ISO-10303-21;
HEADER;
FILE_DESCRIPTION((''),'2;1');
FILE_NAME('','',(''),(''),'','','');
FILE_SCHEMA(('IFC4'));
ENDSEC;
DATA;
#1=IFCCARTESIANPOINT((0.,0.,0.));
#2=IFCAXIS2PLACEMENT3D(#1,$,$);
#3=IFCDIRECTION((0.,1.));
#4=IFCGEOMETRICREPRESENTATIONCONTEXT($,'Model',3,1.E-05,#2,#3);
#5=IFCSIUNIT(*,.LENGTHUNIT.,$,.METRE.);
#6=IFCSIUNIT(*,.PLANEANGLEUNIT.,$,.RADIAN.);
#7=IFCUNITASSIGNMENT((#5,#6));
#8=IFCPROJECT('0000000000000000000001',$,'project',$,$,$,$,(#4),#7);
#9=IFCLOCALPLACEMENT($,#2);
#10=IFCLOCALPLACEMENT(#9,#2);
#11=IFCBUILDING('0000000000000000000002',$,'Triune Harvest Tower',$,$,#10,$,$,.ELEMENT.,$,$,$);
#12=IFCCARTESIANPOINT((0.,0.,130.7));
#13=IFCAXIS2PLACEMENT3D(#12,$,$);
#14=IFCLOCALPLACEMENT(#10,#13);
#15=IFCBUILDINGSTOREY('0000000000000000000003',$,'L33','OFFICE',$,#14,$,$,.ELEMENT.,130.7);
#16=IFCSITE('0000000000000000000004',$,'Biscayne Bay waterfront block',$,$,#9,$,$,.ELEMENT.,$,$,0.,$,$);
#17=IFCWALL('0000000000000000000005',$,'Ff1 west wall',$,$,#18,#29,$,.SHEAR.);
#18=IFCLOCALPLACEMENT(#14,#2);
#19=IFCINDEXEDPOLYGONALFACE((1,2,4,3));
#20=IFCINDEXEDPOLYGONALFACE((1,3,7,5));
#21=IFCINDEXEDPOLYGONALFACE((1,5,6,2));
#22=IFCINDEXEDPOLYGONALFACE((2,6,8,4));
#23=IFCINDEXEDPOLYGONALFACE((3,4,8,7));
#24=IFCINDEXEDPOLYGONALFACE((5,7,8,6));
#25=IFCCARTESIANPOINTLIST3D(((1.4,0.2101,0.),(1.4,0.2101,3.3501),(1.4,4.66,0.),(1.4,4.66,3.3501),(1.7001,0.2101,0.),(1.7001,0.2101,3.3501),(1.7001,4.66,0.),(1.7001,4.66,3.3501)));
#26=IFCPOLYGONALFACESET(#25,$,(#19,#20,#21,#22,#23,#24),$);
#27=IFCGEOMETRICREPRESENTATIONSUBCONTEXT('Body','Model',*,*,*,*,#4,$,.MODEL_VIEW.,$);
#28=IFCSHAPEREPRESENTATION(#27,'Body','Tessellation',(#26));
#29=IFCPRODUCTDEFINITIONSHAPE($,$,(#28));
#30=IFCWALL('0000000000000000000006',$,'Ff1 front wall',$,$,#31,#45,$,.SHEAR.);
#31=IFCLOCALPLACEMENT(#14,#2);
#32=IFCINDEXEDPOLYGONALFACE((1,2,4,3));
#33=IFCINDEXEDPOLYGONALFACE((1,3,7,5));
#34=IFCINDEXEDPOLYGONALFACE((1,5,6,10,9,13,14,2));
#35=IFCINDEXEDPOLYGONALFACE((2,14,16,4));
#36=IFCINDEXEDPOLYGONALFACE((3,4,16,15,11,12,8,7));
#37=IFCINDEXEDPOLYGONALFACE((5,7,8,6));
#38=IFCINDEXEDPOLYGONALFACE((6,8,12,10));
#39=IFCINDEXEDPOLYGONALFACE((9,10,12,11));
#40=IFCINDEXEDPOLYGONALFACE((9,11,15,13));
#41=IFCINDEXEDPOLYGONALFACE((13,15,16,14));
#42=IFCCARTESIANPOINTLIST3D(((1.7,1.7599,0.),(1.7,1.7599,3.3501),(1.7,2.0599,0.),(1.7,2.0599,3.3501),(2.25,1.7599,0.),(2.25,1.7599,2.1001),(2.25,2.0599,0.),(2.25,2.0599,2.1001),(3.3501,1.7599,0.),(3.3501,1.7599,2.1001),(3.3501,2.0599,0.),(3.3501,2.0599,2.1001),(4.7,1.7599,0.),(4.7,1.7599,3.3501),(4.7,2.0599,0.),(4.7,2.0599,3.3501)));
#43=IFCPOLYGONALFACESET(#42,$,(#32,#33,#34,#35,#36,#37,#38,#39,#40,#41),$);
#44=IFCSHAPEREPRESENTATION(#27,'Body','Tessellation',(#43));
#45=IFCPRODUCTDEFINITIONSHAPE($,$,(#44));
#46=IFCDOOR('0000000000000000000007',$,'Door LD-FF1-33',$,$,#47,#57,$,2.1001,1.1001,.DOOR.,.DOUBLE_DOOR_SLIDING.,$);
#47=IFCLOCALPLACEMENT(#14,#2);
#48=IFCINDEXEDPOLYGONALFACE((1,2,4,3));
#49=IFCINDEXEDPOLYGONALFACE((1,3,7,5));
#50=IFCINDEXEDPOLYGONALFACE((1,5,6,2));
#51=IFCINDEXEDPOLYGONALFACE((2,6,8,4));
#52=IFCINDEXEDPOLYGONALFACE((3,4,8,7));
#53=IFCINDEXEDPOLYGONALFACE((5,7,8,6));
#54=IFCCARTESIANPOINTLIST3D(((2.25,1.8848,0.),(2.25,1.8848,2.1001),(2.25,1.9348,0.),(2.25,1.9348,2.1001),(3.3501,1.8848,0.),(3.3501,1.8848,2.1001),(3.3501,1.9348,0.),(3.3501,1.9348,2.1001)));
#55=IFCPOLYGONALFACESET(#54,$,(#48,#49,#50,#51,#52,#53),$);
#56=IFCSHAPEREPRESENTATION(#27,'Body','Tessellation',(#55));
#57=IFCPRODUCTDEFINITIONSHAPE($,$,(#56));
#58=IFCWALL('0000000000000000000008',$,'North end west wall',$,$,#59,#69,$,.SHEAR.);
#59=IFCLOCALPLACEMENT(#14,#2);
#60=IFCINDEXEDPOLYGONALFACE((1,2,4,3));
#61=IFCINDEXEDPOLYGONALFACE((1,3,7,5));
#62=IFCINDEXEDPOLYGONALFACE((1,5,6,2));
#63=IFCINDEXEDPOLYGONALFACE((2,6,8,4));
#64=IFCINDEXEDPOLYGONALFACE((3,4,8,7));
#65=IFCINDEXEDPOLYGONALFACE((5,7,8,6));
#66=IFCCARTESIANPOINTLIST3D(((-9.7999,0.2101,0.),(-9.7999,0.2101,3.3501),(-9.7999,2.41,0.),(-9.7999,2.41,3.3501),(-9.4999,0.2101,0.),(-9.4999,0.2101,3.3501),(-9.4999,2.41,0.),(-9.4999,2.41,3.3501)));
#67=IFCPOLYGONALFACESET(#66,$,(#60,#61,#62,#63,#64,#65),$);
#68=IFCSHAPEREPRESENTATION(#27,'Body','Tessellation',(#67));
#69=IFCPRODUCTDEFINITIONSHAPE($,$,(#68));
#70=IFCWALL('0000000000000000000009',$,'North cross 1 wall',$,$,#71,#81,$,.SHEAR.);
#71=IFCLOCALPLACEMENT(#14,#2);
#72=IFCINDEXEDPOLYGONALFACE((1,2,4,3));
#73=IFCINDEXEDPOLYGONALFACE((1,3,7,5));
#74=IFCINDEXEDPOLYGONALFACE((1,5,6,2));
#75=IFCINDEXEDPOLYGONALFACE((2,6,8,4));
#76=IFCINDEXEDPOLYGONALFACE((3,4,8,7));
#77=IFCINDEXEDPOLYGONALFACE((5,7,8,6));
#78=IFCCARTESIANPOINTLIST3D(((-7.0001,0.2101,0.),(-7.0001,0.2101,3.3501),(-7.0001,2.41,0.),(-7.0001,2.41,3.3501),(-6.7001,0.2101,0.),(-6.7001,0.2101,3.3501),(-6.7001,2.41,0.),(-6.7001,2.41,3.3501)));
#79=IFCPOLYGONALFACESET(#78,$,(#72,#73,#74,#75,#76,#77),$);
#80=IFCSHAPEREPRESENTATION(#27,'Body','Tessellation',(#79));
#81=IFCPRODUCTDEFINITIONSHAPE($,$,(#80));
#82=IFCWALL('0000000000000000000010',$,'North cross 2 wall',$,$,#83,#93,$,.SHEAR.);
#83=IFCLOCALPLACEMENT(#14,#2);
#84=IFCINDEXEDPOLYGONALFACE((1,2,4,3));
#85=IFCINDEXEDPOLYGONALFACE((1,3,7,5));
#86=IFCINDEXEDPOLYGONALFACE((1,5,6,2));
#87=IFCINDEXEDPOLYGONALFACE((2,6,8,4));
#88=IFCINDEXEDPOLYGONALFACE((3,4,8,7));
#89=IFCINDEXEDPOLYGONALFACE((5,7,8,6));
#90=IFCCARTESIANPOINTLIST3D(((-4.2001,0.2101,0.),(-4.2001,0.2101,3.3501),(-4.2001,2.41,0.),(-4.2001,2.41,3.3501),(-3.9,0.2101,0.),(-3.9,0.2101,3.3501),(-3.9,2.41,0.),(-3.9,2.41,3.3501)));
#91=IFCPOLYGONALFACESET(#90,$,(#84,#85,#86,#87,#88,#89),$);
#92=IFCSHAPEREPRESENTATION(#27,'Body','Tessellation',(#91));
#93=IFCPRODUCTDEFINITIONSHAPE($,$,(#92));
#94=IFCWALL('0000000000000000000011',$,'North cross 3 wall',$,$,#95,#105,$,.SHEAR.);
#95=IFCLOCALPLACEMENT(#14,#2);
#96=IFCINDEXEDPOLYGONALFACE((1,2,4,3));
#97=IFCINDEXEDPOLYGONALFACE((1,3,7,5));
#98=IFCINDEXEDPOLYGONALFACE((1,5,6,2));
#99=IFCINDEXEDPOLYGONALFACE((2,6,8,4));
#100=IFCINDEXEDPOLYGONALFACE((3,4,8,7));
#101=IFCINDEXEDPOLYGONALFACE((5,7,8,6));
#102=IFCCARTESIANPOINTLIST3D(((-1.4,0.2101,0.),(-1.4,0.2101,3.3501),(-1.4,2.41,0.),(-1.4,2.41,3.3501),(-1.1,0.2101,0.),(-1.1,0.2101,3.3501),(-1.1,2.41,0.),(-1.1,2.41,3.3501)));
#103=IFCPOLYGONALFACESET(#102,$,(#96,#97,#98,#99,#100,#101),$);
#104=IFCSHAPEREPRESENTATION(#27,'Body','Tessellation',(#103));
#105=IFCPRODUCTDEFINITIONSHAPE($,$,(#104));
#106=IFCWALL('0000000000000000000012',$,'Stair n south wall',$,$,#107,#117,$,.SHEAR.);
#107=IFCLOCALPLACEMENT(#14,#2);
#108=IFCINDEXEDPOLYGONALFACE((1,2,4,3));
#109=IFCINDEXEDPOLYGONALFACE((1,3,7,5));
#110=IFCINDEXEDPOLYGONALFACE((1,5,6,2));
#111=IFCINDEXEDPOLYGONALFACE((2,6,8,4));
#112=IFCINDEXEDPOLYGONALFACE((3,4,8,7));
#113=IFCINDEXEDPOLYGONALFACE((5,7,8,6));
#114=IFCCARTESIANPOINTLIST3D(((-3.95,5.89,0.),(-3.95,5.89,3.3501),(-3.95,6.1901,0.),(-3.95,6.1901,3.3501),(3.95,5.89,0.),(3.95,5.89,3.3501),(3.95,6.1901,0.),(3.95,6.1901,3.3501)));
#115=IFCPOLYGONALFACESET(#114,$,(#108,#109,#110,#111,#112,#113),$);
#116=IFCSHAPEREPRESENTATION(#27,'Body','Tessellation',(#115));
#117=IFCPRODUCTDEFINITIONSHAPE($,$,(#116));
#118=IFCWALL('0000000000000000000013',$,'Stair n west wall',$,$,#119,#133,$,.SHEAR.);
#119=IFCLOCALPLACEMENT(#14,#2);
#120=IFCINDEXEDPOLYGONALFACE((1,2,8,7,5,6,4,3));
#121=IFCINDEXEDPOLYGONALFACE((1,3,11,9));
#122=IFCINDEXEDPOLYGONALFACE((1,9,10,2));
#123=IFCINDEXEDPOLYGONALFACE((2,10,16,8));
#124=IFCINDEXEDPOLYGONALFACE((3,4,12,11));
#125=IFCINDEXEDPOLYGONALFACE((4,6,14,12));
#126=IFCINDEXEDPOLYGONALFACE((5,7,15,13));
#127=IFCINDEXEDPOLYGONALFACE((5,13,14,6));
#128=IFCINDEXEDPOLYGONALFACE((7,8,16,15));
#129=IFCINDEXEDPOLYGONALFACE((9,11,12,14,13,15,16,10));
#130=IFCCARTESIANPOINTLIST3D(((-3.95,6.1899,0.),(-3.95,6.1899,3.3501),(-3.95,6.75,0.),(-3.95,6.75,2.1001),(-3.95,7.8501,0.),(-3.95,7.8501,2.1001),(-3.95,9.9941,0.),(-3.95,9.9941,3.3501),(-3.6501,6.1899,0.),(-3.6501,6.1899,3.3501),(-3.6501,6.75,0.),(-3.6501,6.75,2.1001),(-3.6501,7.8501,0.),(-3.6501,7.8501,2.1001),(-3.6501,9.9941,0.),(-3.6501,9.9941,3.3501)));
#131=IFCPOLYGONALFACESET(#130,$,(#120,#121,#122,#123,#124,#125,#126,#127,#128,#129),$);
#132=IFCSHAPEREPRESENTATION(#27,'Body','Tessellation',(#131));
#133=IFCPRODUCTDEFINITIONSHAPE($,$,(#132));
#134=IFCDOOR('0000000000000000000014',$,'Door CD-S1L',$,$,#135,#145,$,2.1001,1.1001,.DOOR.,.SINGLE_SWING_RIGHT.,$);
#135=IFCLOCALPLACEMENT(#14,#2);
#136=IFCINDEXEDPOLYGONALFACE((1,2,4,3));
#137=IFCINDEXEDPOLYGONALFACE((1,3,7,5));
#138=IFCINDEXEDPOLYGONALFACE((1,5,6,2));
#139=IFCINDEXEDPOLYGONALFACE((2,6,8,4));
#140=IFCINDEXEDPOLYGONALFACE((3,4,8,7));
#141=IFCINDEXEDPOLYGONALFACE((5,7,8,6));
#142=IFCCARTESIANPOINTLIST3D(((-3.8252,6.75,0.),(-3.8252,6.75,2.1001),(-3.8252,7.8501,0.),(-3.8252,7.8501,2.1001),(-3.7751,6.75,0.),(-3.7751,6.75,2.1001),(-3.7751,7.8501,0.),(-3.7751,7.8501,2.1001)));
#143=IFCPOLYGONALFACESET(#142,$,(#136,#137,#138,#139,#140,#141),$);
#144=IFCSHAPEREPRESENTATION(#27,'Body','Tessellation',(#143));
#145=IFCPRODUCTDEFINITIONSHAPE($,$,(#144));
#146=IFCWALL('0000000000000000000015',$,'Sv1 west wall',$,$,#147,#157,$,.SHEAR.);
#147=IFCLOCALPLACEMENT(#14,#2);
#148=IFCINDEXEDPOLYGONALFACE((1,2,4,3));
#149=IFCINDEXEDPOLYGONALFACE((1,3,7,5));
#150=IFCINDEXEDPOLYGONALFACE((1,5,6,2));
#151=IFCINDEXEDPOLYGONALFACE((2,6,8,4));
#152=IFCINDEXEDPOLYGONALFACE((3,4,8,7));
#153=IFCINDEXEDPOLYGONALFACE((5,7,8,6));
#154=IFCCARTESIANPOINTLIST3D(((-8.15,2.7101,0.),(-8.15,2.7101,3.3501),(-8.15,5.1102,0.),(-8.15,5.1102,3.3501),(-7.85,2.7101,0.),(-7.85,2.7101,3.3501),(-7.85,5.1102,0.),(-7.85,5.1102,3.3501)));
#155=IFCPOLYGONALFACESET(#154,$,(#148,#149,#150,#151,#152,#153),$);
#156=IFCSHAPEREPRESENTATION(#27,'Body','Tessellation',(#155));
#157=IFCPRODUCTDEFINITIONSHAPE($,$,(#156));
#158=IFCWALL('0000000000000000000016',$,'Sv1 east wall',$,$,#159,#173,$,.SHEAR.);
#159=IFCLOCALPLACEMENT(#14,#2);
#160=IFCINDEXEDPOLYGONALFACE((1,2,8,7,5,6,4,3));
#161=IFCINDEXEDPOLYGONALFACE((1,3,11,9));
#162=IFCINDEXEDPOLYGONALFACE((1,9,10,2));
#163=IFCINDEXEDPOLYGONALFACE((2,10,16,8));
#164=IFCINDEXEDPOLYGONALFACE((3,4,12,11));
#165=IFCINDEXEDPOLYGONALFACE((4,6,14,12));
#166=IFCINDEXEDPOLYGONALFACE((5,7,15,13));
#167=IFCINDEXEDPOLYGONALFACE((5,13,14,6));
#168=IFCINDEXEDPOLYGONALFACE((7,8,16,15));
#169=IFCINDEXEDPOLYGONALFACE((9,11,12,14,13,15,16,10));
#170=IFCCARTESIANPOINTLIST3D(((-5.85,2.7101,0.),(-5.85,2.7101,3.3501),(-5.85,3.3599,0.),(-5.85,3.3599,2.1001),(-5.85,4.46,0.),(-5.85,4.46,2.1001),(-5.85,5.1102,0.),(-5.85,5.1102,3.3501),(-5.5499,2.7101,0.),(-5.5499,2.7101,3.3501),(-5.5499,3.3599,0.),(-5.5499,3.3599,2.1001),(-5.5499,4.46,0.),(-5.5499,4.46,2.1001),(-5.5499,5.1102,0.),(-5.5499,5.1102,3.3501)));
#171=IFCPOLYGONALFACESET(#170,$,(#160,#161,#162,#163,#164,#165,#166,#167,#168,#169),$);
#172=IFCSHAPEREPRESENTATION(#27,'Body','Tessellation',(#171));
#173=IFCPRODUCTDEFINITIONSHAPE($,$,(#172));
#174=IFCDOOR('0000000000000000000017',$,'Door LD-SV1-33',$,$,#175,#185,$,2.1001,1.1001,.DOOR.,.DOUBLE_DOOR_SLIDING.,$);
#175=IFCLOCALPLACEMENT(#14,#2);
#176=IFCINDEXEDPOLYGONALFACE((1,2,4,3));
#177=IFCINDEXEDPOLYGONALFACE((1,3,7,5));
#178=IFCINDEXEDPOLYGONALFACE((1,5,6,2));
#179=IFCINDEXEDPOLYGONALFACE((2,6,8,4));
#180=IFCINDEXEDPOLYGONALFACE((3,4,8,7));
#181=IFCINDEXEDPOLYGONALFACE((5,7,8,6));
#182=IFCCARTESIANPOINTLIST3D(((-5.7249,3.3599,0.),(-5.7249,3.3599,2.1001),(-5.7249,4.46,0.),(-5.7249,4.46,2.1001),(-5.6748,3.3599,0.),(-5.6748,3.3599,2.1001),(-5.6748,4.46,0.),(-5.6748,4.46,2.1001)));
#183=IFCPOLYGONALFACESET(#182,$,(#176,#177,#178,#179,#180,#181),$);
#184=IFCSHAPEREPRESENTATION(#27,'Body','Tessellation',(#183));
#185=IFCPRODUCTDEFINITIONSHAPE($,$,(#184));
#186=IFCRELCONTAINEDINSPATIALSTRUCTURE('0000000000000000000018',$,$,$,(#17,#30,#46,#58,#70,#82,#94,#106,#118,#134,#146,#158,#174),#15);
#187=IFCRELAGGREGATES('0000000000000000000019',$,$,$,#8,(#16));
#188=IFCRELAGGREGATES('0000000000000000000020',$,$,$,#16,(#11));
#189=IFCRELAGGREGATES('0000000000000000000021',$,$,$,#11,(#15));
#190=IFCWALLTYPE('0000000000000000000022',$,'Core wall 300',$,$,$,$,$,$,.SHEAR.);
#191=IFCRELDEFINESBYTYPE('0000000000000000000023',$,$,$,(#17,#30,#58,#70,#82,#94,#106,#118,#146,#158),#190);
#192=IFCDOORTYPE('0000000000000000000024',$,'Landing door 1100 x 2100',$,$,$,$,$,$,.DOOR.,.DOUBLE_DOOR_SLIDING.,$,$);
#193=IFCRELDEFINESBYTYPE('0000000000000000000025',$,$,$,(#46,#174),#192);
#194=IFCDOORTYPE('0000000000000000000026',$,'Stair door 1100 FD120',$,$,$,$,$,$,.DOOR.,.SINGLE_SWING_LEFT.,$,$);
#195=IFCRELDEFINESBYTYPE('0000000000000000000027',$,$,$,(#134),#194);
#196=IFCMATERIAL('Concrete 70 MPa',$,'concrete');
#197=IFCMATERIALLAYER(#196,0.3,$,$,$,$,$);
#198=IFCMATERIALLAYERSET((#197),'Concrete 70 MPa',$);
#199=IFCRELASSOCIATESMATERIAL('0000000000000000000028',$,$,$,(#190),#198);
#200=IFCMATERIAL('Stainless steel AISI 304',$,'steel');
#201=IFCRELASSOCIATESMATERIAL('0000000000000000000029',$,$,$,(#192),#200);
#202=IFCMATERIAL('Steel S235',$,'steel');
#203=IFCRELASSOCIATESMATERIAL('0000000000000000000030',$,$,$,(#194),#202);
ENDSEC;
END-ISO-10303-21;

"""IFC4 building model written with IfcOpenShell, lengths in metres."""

from ifc_helpers import new_model, si_unit, direction, frame, frame_2d, origin, place, context, subcontext, project, spatial, polyline, rectangle, outline, extrude, source, transform, mapped, material, layer, layer_set, type_object, element, fill, save


model = new_model("IFC4")

# Units and contexts
model_context = context("Model", 3, precision=1e-05, world=origin(), true_north=direction((0.0, 1.0)))
body_context = subcontext(model_context, "Body", "Model", "MODEL_VIEW")
ifc_project = project(units=[si_unit("LENGTHUNIT", "METRE"), si_unit("PLANEANGLEUNIT", "RADIAN")], contexts=[model_context])

# Site, building, storey
site_placement = place(None, origin())
site = spatial("IfcSite", under=ifc_project, at=site_placement, Name="Biscayne Bay waterfront block", CompositionType="ELEMENT", RefElevation=0.0)
building_placement = place(site_placement, origin())
building = spatial("IfcBuilding", under=site, at=building_placement, Name="Triune Harvest Tower", CompositionType="ELEMENT")
storey_placement = place(building_placement, frame((0.0, 0.0, 130.7)))
storey = spatial("IfcBuildingStorey", under=building, at=storey_placement, Name="L33", Description="OFFICE", CompositionType="ELEMENT", Elevation=130.7)

# Wall
ifc_material_1 = material(Name="Concrete 70 MPa", Category="concrete")
ifc_layer_1 = layer(ifc_material_1, 0.3)
ifc_layer_set_1 = layer_set([ifc_layer_1], Name="Concrete 70 MPa")
wall_type = type_object("IfcWallType", Name="Core wall 300", PredefinedType="SHEAR", material=ifc_layer_set_1)
shared_shape_1 = source(origin(), body_context, "Body", "SweptSolid", [
    extrude(rectangle(XDim=4.45, YDim=0.3, at=frame_2d((2.2251, 0.0))), origin(), (0.0, 0.0, 1.0), 3.3501),
])
wall_1_placement = place(storey_placement, frame((1.55, 0.21, 0.0), z_axis=(0.0, 0.0, 1.0), x_axis=(0.0, 1.0, 0.0)))
element("IfcWall", 1, at=wall_1_placement, inside=storey, type_object=wall_type, Name="Ff1 west wall", PredefinedType="SHEAR", context=body_context, shape_type="MappedRepresentation", body=[
    mapped(shared_shape_1, transform((0.0, 0.0, 0.0), scale=1.0)),
])

# Wall, opening, door
shared_shape_2 = source(origin(), body_context, "Body", "SweptSolid", [
    extrude(rectangle(XDim=3.0, YDim=0.3, at=frame_2d((1.5, 0.0))), origin(), (0.0, 0.0, 1.0), 3.3501),
])
wall_2_placement = place(storey_placement, frame((1.7, 1.9099, 0.0), z_axis=(0.0, 0.0, 1.0), x_axis=(1.0, 0.0, 0.0)))
wall_2 = element("IfcWall", 2, at=wall_2_placement, inside=storey, type_object=wall_type, Name="Ff1 front wall", PredefinedType="SHEAR", context=body_context, shape_type="MappedRepresentation", body=[
    mapped(shared_shape_2, transform((0.0, 0.0, 0.0), scale=1.0)),
])
opening_1_placement = place(wall_2_placement, frame((0.55, 0.0, 0.0)))
opening_1 = element("IfcOpeningElement", 3, at=opening_1_placement, cuts=wall_2, PredefinedType="OPENING", context=body_context, shape_type="SweptSolid", body=[
    extrude(rectangle(XDim=1.1001, YDim=2.1001, at=frame_2d((0.55, 1.05))), frame((0.0, 0.1602, 0.0), z_axis=(0.0, -1.0, 0.0), x_axis=(1.0, 0.0, 0.0)), (0.0, 0.0, 1.0), 0.3201),
])
ifc_material_2 = material(Name="Stainless steel AISI 304", Category="steel")
door_type_1 = type_object("IfcDoorType", Name="Landing door 1100 x 2100", OperationType="DOUBLE_DOOR_SLIDING", PredefinedType="DOOR", material=ifc_material_2)
door_1_placement = place(opening_1_placement, origin())
door_1 = element("IfcDoor", 4, at=door_1_placement, inside=storey, type_object=door_type_1, Name="Door LD-FF1-33", OperationType="DOUBLE_DOOR_SLIDING", OverallHeight=2.1001, OverallWidth=1.1001, PredefinedType="DOOR", context=body_context, shape_type="SweptSolid", body=[
    extrude(rectangle(XDim=1.1001, YDim=2.1001, at=frame_2d((0.55, 1.05))), frame((0.0, 0.0249, 0.0), z_axis=(0.0, -1.0, 0.0), x_axis=(1.0, 0.0, 0.0)), (0.0, 0.0, 1.0), 0.05),
])
fill(opening_1, door_1)

# Walls
shared_shape_3 = source(origin(), body_context, "Body", "SweptSolid", [
    extrude(rectangle(XDim=2.2, YDim=0.3, at=frame_2d((1.1001, 0.0))), origin(), (0.0, 0.0, 1.0), 3.3501),
])
for number, where, z_axis, x_axis, name in (
    (5, (-9.6499, 0.21, 0.0), (0.0, 0.0, 1.0), (0.0, 1.0, 0.0), "North end west wall"),
    (6, (-6.8501, 0.21, 0.0), (0.0, 0.0, 1.0), (0.0, 1.0, 0.0), "North cross 1 wall"),
    (7, (-4.05, 0.21, 0.0), (0.0, 0.0, 1.0), (0.0, 1.0, 0.0), "North cross 2 wall"),
    (8, (-1.25, 0.21, 0.0), (0.0, 0.0, 1.0), (0.0, 1.0, 0.0), "North cross 3 wall"),
):
    element("IfcWall", number, at=place(storey_placement, frame(where, z_axis=z_axis, x_axis=x_axis)), inside=storey, type_object=wall_type, Name=name, PredefinedType="SHEAR", context=body_context, shape_type="MappedRepresentation", body=[
        mapped(shared_shape_3, transform((0.0, 0.0, 0.0), scale=1.0)),
    ])
shared_shape_4 = source(origin(), body_context, "Body", "SweptSolid", [
    extrude(rectangle(XDim=7.8999, YDim=0.3, at=frame_2d((3.95, 0.0))), origin(), (0.0, 0.0, 1.0), 3.3501),
])
wall_3_placement = place(storey_placement, frame((-3.95, 6.04, 0.0), z_axis=(0.0, 0.0, 1.0), x_axis=(1.0, 0.0, 0.0)))
element("IfcWall", 9, at=wall_3_placement, inside=storey, type_object=wall_type, Name="Stair n south wall", PredefinedType="SHEAR", context=body_context, shape_type="MappedRepresentation", body=[
    mapped(shared_shape_4, transform((0.0, 0.0, 0.0), scale=1.0)),
])

# Wall, opening, door
shared_shape_5 = source(origin(), body_context, "Body", "SweptSolid", [
    extrude(outline(polyline([(0.0, -0.1499), (0.0, 0.1499), (3.8042, 0.1499), (3.8042, -0.1499), (0.0, -0.1499)])), origin(), (0.0, 0.0, 1.0), 3.3501),
])
wall_4_placement = place(storey_placement, frame((-3.8, 6.1899, 0.0), z_axis=(0.0, 0.0, 1.0), x_axis=(0.0, 1.0, 0.0)))
wall_4 = element("IfcWall", 10, at=wall_4_placement, inside=storey, type_object=wall_type, Name="Stair n west wall", PredefinedType="SHEAR", context=body_context, shape_type="MappedRepresentation", body=[
    mapped(shared_shape_5, transform((0.0, 0.0, 0.0), scale=1.0)),
])
opening_2_placement = place(wall_4_placement, frame((0.5601, 0.0, 0.0)))
opening_2 = element("IfcOpeningElement", 11, at=opening_2_placement, cuts=wall_4, PredefinedType="OPENING", context=body_context, shape_type="SweptSolid", body=[
    extrude(rectangle(XDim=1.1001, YDim=2.1001, at=frame_2d((0.55, 1.05))), frame((0.0, 0.1602, 0.0), z_axis=(0.0, -1.0, 0.0), x_axis=(1.0, 0.0, 0.0)), (0.0, 0.0, 1.0), 0.3201),
])
ifc_material_3 = material(Name="Steel S235", Category="steel")
door_type_2 = type_object("IfcDoorType", Name="Stair door 1100 FD120", OperationType="SINGLE_SWING_LEFT", PredefinedType="DOOR", material=ifc_material_3)
door_2_placement = place(opening_2_placement, frame((1.1001, 0.0, 0.0), z_axis=(0.0, 0.0, 1.0), x_axis=(-1.0, 0.0, 0.0)))
door_2 = element("IfcDoor", 12, at=door_2_placement, inside=storey, type_object=door_type_2, Name="Door CD-S1L", OperationType="SINGLE_SWING_RIGHT", OverallHeight=2.1001, OverallWidth=1.1001, PredefinedType="DOOR", context=body_context, shape_type="SweptSolid", body=[
    extrude(rectangle(XDim=1.1001, YDim=2.1001, at=frame_2d((0.55, 1.05))), frame((0.0, 0.0249, 0.0), z_axis=(0.0, -1.0, 0.0), x_axis=(1.0, 0.0, 0.0)), (0.0, 0.0, 1.0), 0.05),
])
fill(opening_2, door_2)

# Wall
shared_shape_6 = source(origin(), body_context, "Body", "SweptSolid", [
    extrude(rectangle(XDim=2.4001, YDim=0.3, at=frame_2d((1.2002, 0.0))), origin(), (0.0, 0.0, 1.0), 3.3501),
])
wall_5_placement = place(storey_placement, frame((-8.0, 2.71, 0.0), z_axis=(0.0, 0.0, 1.0), x_axis=(0.0, 1.0, 0.0)))
element("IfcWall", 13, at=wall_5_placement, inside=storey, type_object=wall_type, Name="Sv1 west wall", PredefinedType="SHEAR", context=body_context, shape_type="MappedRepresentation", body=[
    mapped(shared_shape_6, transform((0.0, 0.0, 0.0), scale=1.0)),
])

# Wall, opening, door
wall_6_placement = place(storey_placement, frame((-5.7, 2.71, 0.0), z_axis=(0.0, 0.0, 1.0), x_axis=(0.0, 1.0, 0.0)))
wall_6 = element("IfcWall", 14, at=wall_6_placement, inside=storey, type_object=wall_type, Name="Sv1 east wall", PredefinedType="SHEAR", context=body_context, shape_type="MappedRepresentation", body=[
    mapped(shared_shape_6, transform((0.0, 0.0, 0.0), scale=1.0)),
])
opening_3_placement = place(wall_6_placement, frame((0.6499, 0.0, 0.0)))
opening_3 = element("IfcOpeningElement", 15, at=opening_3_placement, cuts=wall_6, PredefinedType="OPENING", context=body_context, shape_type="SweptSolid", body=[
    extrude(rectangle(XDim=1.1001, YDim=2.1001, at=frame_2d((0.55, 1.05))), frame((0.0, 0.1602, 0.0), z_axis=(0.0, -1.0, 0.0), x_axis=(1.0, 0.0, 0.0)), (0.0, 0.0, 1.0), 0.3201),
])
door_3_placement = place(opening_3_placement, origin())
door_3 = element("IfcDoor", 16, at=door_3_placement, inside=storey, type_object=door_type_1, Name="Door LD-SV1-33", OperationType="DOUBLE_DOOR_SLIDING", OverallHeight=2.1001, OverallWidth=1.1001, PredefinedType="DOOR", context=body_context, shape_type="SweptSolid", body=[
    extrude(rectangle(XDim=1.1001, YDim=2.1001, at=frame_2d((0.55, 1.05))), frame((0.0, 0.0249, 0.0), z_axis=(0.0, -1.0, 0.0), x_axis=(1.0, 0.0, 0.0)), (0.0, 0.0, 1.0), 0.05),
])
fill(opening_3, door_3)

save(model, "model.ifc")
